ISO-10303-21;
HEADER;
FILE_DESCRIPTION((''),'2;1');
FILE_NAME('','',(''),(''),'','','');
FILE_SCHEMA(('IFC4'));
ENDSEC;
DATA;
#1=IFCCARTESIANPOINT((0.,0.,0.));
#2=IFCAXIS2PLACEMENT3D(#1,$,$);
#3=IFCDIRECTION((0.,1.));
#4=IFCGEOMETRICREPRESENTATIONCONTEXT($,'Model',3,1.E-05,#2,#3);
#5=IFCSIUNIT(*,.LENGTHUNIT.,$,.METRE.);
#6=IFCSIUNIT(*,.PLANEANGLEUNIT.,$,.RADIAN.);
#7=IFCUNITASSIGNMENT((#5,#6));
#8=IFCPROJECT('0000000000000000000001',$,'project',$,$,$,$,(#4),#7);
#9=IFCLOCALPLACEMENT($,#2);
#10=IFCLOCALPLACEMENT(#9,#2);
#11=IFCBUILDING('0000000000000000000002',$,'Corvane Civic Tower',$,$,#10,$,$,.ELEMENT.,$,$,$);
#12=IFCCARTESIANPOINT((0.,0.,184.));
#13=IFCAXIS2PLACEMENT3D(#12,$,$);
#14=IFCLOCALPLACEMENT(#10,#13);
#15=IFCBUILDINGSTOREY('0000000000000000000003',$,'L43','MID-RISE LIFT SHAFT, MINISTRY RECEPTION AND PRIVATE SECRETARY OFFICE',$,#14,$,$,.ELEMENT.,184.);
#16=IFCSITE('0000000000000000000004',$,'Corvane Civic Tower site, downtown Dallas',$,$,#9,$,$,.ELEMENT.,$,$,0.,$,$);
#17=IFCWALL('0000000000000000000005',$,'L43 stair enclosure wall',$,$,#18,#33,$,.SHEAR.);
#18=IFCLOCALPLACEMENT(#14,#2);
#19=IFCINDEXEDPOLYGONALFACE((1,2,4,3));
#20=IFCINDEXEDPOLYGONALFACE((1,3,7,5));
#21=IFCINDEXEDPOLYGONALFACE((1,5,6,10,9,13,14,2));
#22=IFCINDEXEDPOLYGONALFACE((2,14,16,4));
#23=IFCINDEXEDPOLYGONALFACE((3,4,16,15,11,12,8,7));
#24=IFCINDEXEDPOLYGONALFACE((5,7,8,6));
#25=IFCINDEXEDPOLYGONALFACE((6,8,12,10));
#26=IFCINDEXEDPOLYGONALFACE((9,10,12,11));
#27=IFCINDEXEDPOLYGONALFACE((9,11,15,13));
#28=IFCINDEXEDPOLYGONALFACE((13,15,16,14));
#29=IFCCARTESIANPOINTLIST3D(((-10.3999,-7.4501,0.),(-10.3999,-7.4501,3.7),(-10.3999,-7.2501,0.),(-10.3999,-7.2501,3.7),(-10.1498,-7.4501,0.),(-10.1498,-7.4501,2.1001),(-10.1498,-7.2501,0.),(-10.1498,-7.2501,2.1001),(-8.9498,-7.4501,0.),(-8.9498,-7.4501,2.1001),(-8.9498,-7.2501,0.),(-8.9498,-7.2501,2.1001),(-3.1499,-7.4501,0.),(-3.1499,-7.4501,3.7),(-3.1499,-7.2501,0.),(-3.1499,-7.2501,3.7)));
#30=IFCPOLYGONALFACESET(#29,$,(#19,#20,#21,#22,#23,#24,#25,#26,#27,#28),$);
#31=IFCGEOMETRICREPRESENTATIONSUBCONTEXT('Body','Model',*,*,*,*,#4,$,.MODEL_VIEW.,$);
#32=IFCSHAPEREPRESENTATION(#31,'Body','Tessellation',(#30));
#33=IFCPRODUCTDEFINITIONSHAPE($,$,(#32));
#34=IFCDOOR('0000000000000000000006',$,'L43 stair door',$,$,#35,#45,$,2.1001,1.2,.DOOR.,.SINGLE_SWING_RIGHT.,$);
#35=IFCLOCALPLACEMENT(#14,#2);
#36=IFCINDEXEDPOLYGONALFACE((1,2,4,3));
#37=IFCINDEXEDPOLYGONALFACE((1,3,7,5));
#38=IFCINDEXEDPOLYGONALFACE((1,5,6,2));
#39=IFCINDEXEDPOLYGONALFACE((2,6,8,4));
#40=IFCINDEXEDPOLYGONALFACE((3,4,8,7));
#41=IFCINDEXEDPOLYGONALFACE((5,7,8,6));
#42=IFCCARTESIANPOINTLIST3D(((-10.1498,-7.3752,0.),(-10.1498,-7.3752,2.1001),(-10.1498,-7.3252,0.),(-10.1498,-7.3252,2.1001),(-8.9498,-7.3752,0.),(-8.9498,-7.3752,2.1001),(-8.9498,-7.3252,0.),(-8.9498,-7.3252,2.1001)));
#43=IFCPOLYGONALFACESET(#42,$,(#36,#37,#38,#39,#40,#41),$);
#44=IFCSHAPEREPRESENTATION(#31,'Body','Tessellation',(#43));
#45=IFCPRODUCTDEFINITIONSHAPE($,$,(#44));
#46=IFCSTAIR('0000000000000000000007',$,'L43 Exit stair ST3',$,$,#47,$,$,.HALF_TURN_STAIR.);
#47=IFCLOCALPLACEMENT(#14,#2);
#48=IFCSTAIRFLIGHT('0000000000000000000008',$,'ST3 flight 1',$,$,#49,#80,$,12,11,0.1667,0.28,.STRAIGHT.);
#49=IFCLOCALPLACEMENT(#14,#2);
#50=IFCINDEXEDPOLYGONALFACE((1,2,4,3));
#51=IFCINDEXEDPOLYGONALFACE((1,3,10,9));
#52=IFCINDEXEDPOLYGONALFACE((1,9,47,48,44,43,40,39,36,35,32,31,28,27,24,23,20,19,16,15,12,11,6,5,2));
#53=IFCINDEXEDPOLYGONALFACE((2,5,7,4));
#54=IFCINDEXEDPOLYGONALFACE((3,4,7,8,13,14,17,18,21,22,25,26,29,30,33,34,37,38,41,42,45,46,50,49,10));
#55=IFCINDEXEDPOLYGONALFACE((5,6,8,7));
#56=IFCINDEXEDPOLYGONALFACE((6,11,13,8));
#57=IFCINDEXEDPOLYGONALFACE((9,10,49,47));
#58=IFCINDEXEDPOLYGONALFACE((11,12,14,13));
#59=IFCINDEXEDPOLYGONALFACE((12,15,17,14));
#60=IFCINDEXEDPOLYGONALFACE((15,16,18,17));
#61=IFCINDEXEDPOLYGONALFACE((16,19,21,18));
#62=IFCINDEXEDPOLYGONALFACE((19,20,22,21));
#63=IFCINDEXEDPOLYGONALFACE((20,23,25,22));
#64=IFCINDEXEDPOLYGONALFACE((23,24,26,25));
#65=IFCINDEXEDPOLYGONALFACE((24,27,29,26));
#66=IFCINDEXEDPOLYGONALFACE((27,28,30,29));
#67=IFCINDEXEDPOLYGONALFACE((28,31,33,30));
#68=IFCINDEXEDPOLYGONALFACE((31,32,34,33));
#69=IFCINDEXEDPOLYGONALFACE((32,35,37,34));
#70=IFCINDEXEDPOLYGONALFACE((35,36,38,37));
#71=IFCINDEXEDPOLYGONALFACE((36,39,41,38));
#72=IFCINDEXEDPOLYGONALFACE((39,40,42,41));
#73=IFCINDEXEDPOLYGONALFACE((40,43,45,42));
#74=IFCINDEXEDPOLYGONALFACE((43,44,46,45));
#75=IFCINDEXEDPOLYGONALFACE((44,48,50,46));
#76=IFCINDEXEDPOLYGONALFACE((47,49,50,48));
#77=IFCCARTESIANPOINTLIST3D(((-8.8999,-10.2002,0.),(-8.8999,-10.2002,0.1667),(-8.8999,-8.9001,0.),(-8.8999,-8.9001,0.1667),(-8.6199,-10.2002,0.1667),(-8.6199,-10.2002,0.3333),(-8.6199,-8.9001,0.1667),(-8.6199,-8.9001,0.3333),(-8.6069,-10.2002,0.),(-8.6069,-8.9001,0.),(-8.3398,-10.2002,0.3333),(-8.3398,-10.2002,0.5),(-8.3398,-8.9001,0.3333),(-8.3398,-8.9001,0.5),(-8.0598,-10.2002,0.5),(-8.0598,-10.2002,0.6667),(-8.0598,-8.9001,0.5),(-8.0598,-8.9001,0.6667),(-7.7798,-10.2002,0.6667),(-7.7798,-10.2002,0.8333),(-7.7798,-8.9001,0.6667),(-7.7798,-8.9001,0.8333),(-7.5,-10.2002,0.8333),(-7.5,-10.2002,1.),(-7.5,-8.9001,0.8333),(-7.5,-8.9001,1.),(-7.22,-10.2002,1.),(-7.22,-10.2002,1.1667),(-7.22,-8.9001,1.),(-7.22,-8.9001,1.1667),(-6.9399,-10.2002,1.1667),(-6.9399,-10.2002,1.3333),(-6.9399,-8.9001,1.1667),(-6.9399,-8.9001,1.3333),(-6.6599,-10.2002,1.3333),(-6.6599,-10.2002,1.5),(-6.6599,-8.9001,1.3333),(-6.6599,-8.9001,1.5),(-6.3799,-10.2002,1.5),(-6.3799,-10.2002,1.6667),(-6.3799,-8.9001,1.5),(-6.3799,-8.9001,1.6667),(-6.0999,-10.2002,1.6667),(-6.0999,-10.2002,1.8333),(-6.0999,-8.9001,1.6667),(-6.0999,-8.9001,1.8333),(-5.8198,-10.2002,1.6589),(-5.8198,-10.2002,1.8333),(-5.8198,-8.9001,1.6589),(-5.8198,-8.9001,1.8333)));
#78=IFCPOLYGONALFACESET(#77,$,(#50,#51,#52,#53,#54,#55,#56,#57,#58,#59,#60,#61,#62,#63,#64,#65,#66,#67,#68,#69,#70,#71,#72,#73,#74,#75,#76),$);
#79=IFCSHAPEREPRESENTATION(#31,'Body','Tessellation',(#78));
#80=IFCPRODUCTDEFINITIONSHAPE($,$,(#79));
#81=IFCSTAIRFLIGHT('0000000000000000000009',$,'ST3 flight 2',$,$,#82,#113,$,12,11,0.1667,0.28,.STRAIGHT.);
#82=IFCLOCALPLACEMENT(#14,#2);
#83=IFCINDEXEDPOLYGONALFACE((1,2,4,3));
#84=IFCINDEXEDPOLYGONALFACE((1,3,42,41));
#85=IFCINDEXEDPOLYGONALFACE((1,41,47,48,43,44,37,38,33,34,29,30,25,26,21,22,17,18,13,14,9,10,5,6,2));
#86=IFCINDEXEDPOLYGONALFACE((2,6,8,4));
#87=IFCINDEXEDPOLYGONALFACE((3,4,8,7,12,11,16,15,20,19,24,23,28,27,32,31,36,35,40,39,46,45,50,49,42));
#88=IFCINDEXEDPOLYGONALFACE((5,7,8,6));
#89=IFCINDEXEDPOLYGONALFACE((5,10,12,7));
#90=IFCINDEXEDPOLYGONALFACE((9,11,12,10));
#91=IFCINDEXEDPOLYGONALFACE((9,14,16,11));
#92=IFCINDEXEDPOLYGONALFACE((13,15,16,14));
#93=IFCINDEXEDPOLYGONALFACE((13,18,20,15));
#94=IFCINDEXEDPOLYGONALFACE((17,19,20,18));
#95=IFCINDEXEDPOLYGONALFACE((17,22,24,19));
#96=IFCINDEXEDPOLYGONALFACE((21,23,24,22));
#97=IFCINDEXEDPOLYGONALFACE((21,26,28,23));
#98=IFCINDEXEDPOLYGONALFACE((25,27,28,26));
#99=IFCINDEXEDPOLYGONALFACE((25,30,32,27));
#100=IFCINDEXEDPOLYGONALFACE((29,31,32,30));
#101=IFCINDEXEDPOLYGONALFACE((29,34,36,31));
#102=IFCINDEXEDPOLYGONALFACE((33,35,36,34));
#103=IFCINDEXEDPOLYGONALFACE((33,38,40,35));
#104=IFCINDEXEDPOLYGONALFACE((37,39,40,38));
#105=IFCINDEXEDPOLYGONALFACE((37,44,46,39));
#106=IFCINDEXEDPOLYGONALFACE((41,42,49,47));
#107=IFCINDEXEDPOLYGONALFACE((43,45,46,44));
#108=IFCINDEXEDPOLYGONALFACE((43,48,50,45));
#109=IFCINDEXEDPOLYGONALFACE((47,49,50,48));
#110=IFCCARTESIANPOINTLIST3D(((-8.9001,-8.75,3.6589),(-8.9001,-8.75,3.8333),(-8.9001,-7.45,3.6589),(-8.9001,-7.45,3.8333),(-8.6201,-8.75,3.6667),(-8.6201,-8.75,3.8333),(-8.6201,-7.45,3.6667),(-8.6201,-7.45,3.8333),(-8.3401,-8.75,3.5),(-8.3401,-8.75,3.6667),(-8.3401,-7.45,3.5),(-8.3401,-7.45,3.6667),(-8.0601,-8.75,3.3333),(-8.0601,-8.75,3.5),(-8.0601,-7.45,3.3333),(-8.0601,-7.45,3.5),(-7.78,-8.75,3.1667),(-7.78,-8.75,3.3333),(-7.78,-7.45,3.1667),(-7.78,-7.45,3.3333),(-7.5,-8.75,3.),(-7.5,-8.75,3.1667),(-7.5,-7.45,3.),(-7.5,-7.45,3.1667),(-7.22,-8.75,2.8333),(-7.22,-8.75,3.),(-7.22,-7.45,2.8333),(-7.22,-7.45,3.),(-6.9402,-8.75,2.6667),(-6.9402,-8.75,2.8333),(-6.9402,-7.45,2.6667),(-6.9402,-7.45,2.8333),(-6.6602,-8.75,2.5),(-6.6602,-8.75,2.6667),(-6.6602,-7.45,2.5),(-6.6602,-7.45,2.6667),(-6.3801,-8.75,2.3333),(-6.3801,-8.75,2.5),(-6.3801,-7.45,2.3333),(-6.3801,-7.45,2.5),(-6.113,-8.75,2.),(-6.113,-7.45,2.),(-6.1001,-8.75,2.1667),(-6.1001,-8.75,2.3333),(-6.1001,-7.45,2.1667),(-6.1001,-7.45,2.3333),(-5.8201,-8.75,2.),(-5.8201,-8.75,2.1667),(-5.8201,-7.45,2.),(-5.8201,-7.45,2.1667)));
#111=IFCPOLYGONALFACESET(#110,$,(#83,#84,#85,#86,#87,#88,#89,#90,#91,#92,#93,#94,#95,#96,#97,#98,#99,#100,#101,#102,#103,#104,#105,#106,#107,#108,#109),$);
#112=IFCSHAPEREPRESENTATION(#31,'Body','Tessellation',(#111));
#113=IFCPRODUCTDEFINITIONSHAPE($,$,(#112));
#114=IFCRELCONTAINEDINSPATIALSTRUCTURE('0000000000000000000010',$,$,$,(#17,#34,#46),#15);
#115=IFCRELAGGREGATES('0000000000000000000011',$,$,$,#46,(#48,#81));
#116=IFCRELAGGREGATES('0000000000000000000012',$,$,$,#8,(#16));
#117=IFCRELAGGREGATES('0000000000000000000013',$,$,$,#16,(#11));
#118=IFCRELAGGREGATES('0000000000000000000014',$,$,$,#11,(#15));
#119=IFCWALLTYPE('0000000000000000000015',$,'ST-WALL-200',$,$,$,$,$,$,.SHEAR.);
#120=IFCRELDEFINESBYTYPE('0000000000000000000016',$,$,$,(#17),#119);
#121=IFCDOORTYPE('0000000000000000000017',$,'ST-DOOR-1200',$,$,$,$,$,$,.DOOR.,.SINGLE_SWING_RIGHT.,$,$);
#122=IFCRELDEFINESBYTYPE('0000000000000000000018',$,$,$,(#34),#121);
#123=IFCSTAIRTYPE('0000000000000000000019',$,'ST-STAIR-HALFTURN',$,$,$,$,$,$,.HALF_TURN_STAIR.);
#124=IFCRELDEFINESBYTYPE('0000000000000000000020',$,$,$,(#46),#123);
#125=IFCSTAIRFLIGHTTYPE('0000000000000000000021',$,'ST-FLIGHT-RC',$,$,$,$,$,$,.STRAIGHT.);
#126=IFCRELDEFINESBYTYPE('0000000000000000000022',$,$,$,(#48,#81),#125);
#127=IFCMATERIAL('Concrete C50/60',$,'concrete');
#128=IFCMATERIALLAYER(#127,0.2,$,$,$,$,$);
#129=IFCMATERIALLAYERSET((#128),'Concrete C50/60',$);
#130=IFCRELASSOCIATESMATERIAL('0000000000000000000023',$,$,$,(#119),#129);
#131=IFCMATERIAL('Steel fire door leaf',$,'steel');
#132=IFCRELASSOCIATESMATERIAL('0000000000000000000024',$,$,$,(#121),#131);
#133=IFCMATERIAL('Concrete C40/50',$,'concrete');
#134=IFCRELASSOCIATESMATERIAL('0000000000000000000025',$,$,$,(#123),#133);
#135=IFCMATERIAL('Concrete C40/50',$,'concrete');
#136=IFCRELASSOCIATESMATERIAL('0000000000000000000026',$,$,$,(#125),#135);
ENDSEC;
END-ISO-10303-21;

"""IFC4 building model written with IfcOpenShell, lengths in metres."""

from ifc_helpers import new_model, si_unit, direction, frame, frame_2d, origin, place, context, subcontext, project, spatial, polyline, rectangle, outline, extrude, material, layer, layer_set, type_object, element, fill, aggregate, save


model = new_model("IFC4")

# Units and contexts
model_context = context("Model", 3, precision=1e-05, world=origin(), true_north=direction((0.0, 1.0)))
body_context = subcontext(model_context, "Body", "Model", "MODEL_VIEW")
ifc_project = project(units=[si_unit("LENGTHUNIT", "METRE"), si_unit("PLANEANGLEUNIT", "RADIAN")], contexts=[model_context])

# Site, building, storey
site_placement = place(None, origin())
site = spatial("IfcSite", under=ifc_project, at=site_placement, Name="Corvane Civic Tower site, downtown Dallas", CompositionType="ELEMENT", RefElevation=0.0)
building_placement = place(site_placement, origin())
building = spatial("IfcBuilding", under=site, at=building_placement, Name="Corvane Civic Tower", CompositionType="ELEMENT")
storey_placement = place(building_placement, frame((0.0, 0.0, 184.0)))
storey = spatial("IfcBuildingStorey", under=building, at=storey_placement, Name="L43", Description="MID-RISE LIFT SHAFT, MINISTRY RECEPTION AND PRIVATE SECRETARY OFFICE", CompositionType="ELEMENT", Elevation=184.0)

# Wall, opening, door
ifc_material_1 = material(Name="Concrete C50/60", Category="concrete")
ifc_layer_1 = layer(ifc_material_1, 0.2)
ifc_layer_set_1 = layer_set([ifc_layer_1], Name="Concrete C50/60")
wall_type_1 = type_object("IfcWallType", Name="ST-WALL-200", PredefinedType="SHEAR", material=ifc_layer_set_1)
wall_1_placement = place(storey_placement, frame((-10.3999, -7.3501, 0.0), z_axis=(0.0, 0.0, 1.0), x_axis=(1.0, 0.0, 0.0)))
wall_1 = element("IfcWall", 1, at=wall_1_placement, inside=storey, type_object=wall_type_1, Name="L43 stair enclosure wall", PredefinedType="SHEAR", context=body_context, shape_type="SweptSolid", body=[
    extrude(rectangle(XDim=7.25, YDim=0.2, at=frame_2d((3.625, 0.0))), origin(), (0.0, 0.0, 1.0), 3.7),
])
opening_1_placement = place(wall_1_placement, frame((0.25, 0.0, 0.0)))
opening_1 = element("IfcOpeningElement", 2, at=opening_1_placement, cuts=wall_1, PredefinedType="OPENING", context=body_context, shape_type="SweptSolid", body=[
    extrude(rectangle(XDim=1.2, YDim=2.1001, at=frame_2d((0.6001, 1.05))), frame((0.0, 0.1099, 0.0), z_axis=(0.0, -1.0, 0.0), x_axis=(1.0, 0.0, 0.0)), (0.0, 0.0, 1.0), 0.22),
])
ifc_material_2 = material(Name="Steel fire door leaf", Category="steel")
door_type_1 = type_object("IfcDoorType", Name="ST-DOOR-1200", OperationType="SINGLE_SWING_RIGHT", PredefinedType="DOOR", material=ifc_material_2)
door_1_placement = place(opening_1_placement, origin())
door_1 = element("IfcDoor", 3, at=door_1_placement, inside=storey, type_object=door_type_1, Name="L43 stair door", OperationType="SINGLE_SWING_RIGHT", OverallHeight=2.1001, OverallWidth=1.2, PredefinedType="DOOR", context=body_context, shape_type="SweptSolid", body=[
    extrude(rectangle(XDim=1.2, YDim=2.1001, at=frame_2d((0.6001, 1.05))), frame((0.0, 0.0249, 0.0), z_axis=(0.0, -1.0, 0.0), x_axis=(1.0, 0.0, 0.0)), (0.0, 0.0, 1.0), 0.05),
])
fill(opening_1, door_1)

# Stair, stair flights
ifc_material_3 = material(Name="Concrete C40/50", Category="concrete")
stair_type = type_object("IfcStairType", Name="ST-STAIR-HALFTURN", PredefinedType="HALF_TURN_STAIR", material=ifc_material_3)
stair_placement = place(storey_placement, origin())
stair = element("IfcStair", 4, at=stair_placement, inside=storey, type_object=stair_type, Name="L43 Exit stair ST3", PredefinedType="HALF_TURN_STAIR")
ifc_material_4 = material(Name="Concrete C40/50", Category="concrete")
stair_flight_type = type_object("IfcStairFlightType", Name="ST-FLIGHT-RC", PredefinedType="STRAIGHT", material=ifc_material_4)
stair_flight_1_placement = place(storey_placement, frame((-8.8999, -9.55, 0.0), z_axis=(0.0, 0.0, 1.0), x_axis=(1.0, 0.0, 0.0)))
stair_flight_1 = element("IfcStairFlight", 5, at=stair_flight_1_placement, type_object=stair_flight_type, Name="ST3 flight 1", NumberOfRisers=12, NumberOfTreads=11, PredefinedType="STRAIGHT", RiserHeight=0.1667, TreadLength=0.28, context=body_context, shape_type="SweptSolid", body=[
    extrude(outline(polyline([(0.0, 0.0), (0.0, 0.1667), (0.28, 0.1667), (0.28, 0.3333), (0.5601, 0.3333), (0.5601, 0.5), (0.8401, 0.5), (0.8401, 0.6667), (1.1201, 0.6667), (1.1201, 0.8333), (1.3999, 0.8333), (1.3999, 1.0), (1.6799, 1.0), (1.6799, 1.1667), (1.96, 1.1667), (1.96, 1.3333), (2.24, 1.3333), (2.24, 1.5), (2.52, 1.5), (2.52, 1.6667), (2.8, 1.6667), (2.8, 1.8333), (3.0801, 1.8333), (3.0801, 2.0), (3.0801, 1.6589), (0.293, 0.0), (0.0, 0.0)])), frame((0.0, 0.6499, 0.0), z_axis=(0.0, -1.0, 0.0), x_axis=(1.0, 0.0, 0.0)), (0.0, 0.0, 1.0), 1.3),
])
stair_flight_2_placement = place(storey_placement, frame((-5.8201, -8.1001, 2.0), z_axis=(0.0, 0.0, 1.0), x_axis=(-1.0, 0.0, 0.0)))
stair_flight_2 = element("IfcStairFlight", 6, at=stair_flight_2_placement, type_object=stair_flight_type, Name="ST3 flight 2", NumberOfRisers=12, NumberOfTreads=11, PredefinedType="STRAIGHT", RiserHeight=0.1667, TreadLength=0.28, context=body_context, shape_type="SweptSolid", body=[
    extrude(outline(polyline([(0.0, 0.0), (0.0, 0.1667), (0.28, 0.1667), (0.28, 0.3333), (0.5601, 0.3333), (0.5601, 0.5), (0.8401, 0.5), (0.8401, 0.6667), (1.1201, 0.6667), (1.1201, 0.8333), (1.3999, 0.8333), (1.3999, 1.0), (1.6799, 1.0), (1.6799, 1.1667), (1.96, 1.1667), (1.96, 1.3333), (2.24, 1.3333), (2.24, 1.5), (2.52, 1.5), (2.52, 1.6667), (2.8, 1.6667), (2.8, 1.8333), (3.0801, 1.8333), (3.0801, 2.0), (3.0801, 1.6589), (0.293, 0.0), (0.0, 0.0)])), frame((0.0, 0.6499, 0.0), z_axis=(0.0, -1.0, 0.0), x_axis=(1.0, 0.0, 0.0)), (0.0, 0.0, 1.0), 1.3),
])
aggregate(stair, [stair_flight_1, stair_flight_2])

save(model, "model.ifc")
